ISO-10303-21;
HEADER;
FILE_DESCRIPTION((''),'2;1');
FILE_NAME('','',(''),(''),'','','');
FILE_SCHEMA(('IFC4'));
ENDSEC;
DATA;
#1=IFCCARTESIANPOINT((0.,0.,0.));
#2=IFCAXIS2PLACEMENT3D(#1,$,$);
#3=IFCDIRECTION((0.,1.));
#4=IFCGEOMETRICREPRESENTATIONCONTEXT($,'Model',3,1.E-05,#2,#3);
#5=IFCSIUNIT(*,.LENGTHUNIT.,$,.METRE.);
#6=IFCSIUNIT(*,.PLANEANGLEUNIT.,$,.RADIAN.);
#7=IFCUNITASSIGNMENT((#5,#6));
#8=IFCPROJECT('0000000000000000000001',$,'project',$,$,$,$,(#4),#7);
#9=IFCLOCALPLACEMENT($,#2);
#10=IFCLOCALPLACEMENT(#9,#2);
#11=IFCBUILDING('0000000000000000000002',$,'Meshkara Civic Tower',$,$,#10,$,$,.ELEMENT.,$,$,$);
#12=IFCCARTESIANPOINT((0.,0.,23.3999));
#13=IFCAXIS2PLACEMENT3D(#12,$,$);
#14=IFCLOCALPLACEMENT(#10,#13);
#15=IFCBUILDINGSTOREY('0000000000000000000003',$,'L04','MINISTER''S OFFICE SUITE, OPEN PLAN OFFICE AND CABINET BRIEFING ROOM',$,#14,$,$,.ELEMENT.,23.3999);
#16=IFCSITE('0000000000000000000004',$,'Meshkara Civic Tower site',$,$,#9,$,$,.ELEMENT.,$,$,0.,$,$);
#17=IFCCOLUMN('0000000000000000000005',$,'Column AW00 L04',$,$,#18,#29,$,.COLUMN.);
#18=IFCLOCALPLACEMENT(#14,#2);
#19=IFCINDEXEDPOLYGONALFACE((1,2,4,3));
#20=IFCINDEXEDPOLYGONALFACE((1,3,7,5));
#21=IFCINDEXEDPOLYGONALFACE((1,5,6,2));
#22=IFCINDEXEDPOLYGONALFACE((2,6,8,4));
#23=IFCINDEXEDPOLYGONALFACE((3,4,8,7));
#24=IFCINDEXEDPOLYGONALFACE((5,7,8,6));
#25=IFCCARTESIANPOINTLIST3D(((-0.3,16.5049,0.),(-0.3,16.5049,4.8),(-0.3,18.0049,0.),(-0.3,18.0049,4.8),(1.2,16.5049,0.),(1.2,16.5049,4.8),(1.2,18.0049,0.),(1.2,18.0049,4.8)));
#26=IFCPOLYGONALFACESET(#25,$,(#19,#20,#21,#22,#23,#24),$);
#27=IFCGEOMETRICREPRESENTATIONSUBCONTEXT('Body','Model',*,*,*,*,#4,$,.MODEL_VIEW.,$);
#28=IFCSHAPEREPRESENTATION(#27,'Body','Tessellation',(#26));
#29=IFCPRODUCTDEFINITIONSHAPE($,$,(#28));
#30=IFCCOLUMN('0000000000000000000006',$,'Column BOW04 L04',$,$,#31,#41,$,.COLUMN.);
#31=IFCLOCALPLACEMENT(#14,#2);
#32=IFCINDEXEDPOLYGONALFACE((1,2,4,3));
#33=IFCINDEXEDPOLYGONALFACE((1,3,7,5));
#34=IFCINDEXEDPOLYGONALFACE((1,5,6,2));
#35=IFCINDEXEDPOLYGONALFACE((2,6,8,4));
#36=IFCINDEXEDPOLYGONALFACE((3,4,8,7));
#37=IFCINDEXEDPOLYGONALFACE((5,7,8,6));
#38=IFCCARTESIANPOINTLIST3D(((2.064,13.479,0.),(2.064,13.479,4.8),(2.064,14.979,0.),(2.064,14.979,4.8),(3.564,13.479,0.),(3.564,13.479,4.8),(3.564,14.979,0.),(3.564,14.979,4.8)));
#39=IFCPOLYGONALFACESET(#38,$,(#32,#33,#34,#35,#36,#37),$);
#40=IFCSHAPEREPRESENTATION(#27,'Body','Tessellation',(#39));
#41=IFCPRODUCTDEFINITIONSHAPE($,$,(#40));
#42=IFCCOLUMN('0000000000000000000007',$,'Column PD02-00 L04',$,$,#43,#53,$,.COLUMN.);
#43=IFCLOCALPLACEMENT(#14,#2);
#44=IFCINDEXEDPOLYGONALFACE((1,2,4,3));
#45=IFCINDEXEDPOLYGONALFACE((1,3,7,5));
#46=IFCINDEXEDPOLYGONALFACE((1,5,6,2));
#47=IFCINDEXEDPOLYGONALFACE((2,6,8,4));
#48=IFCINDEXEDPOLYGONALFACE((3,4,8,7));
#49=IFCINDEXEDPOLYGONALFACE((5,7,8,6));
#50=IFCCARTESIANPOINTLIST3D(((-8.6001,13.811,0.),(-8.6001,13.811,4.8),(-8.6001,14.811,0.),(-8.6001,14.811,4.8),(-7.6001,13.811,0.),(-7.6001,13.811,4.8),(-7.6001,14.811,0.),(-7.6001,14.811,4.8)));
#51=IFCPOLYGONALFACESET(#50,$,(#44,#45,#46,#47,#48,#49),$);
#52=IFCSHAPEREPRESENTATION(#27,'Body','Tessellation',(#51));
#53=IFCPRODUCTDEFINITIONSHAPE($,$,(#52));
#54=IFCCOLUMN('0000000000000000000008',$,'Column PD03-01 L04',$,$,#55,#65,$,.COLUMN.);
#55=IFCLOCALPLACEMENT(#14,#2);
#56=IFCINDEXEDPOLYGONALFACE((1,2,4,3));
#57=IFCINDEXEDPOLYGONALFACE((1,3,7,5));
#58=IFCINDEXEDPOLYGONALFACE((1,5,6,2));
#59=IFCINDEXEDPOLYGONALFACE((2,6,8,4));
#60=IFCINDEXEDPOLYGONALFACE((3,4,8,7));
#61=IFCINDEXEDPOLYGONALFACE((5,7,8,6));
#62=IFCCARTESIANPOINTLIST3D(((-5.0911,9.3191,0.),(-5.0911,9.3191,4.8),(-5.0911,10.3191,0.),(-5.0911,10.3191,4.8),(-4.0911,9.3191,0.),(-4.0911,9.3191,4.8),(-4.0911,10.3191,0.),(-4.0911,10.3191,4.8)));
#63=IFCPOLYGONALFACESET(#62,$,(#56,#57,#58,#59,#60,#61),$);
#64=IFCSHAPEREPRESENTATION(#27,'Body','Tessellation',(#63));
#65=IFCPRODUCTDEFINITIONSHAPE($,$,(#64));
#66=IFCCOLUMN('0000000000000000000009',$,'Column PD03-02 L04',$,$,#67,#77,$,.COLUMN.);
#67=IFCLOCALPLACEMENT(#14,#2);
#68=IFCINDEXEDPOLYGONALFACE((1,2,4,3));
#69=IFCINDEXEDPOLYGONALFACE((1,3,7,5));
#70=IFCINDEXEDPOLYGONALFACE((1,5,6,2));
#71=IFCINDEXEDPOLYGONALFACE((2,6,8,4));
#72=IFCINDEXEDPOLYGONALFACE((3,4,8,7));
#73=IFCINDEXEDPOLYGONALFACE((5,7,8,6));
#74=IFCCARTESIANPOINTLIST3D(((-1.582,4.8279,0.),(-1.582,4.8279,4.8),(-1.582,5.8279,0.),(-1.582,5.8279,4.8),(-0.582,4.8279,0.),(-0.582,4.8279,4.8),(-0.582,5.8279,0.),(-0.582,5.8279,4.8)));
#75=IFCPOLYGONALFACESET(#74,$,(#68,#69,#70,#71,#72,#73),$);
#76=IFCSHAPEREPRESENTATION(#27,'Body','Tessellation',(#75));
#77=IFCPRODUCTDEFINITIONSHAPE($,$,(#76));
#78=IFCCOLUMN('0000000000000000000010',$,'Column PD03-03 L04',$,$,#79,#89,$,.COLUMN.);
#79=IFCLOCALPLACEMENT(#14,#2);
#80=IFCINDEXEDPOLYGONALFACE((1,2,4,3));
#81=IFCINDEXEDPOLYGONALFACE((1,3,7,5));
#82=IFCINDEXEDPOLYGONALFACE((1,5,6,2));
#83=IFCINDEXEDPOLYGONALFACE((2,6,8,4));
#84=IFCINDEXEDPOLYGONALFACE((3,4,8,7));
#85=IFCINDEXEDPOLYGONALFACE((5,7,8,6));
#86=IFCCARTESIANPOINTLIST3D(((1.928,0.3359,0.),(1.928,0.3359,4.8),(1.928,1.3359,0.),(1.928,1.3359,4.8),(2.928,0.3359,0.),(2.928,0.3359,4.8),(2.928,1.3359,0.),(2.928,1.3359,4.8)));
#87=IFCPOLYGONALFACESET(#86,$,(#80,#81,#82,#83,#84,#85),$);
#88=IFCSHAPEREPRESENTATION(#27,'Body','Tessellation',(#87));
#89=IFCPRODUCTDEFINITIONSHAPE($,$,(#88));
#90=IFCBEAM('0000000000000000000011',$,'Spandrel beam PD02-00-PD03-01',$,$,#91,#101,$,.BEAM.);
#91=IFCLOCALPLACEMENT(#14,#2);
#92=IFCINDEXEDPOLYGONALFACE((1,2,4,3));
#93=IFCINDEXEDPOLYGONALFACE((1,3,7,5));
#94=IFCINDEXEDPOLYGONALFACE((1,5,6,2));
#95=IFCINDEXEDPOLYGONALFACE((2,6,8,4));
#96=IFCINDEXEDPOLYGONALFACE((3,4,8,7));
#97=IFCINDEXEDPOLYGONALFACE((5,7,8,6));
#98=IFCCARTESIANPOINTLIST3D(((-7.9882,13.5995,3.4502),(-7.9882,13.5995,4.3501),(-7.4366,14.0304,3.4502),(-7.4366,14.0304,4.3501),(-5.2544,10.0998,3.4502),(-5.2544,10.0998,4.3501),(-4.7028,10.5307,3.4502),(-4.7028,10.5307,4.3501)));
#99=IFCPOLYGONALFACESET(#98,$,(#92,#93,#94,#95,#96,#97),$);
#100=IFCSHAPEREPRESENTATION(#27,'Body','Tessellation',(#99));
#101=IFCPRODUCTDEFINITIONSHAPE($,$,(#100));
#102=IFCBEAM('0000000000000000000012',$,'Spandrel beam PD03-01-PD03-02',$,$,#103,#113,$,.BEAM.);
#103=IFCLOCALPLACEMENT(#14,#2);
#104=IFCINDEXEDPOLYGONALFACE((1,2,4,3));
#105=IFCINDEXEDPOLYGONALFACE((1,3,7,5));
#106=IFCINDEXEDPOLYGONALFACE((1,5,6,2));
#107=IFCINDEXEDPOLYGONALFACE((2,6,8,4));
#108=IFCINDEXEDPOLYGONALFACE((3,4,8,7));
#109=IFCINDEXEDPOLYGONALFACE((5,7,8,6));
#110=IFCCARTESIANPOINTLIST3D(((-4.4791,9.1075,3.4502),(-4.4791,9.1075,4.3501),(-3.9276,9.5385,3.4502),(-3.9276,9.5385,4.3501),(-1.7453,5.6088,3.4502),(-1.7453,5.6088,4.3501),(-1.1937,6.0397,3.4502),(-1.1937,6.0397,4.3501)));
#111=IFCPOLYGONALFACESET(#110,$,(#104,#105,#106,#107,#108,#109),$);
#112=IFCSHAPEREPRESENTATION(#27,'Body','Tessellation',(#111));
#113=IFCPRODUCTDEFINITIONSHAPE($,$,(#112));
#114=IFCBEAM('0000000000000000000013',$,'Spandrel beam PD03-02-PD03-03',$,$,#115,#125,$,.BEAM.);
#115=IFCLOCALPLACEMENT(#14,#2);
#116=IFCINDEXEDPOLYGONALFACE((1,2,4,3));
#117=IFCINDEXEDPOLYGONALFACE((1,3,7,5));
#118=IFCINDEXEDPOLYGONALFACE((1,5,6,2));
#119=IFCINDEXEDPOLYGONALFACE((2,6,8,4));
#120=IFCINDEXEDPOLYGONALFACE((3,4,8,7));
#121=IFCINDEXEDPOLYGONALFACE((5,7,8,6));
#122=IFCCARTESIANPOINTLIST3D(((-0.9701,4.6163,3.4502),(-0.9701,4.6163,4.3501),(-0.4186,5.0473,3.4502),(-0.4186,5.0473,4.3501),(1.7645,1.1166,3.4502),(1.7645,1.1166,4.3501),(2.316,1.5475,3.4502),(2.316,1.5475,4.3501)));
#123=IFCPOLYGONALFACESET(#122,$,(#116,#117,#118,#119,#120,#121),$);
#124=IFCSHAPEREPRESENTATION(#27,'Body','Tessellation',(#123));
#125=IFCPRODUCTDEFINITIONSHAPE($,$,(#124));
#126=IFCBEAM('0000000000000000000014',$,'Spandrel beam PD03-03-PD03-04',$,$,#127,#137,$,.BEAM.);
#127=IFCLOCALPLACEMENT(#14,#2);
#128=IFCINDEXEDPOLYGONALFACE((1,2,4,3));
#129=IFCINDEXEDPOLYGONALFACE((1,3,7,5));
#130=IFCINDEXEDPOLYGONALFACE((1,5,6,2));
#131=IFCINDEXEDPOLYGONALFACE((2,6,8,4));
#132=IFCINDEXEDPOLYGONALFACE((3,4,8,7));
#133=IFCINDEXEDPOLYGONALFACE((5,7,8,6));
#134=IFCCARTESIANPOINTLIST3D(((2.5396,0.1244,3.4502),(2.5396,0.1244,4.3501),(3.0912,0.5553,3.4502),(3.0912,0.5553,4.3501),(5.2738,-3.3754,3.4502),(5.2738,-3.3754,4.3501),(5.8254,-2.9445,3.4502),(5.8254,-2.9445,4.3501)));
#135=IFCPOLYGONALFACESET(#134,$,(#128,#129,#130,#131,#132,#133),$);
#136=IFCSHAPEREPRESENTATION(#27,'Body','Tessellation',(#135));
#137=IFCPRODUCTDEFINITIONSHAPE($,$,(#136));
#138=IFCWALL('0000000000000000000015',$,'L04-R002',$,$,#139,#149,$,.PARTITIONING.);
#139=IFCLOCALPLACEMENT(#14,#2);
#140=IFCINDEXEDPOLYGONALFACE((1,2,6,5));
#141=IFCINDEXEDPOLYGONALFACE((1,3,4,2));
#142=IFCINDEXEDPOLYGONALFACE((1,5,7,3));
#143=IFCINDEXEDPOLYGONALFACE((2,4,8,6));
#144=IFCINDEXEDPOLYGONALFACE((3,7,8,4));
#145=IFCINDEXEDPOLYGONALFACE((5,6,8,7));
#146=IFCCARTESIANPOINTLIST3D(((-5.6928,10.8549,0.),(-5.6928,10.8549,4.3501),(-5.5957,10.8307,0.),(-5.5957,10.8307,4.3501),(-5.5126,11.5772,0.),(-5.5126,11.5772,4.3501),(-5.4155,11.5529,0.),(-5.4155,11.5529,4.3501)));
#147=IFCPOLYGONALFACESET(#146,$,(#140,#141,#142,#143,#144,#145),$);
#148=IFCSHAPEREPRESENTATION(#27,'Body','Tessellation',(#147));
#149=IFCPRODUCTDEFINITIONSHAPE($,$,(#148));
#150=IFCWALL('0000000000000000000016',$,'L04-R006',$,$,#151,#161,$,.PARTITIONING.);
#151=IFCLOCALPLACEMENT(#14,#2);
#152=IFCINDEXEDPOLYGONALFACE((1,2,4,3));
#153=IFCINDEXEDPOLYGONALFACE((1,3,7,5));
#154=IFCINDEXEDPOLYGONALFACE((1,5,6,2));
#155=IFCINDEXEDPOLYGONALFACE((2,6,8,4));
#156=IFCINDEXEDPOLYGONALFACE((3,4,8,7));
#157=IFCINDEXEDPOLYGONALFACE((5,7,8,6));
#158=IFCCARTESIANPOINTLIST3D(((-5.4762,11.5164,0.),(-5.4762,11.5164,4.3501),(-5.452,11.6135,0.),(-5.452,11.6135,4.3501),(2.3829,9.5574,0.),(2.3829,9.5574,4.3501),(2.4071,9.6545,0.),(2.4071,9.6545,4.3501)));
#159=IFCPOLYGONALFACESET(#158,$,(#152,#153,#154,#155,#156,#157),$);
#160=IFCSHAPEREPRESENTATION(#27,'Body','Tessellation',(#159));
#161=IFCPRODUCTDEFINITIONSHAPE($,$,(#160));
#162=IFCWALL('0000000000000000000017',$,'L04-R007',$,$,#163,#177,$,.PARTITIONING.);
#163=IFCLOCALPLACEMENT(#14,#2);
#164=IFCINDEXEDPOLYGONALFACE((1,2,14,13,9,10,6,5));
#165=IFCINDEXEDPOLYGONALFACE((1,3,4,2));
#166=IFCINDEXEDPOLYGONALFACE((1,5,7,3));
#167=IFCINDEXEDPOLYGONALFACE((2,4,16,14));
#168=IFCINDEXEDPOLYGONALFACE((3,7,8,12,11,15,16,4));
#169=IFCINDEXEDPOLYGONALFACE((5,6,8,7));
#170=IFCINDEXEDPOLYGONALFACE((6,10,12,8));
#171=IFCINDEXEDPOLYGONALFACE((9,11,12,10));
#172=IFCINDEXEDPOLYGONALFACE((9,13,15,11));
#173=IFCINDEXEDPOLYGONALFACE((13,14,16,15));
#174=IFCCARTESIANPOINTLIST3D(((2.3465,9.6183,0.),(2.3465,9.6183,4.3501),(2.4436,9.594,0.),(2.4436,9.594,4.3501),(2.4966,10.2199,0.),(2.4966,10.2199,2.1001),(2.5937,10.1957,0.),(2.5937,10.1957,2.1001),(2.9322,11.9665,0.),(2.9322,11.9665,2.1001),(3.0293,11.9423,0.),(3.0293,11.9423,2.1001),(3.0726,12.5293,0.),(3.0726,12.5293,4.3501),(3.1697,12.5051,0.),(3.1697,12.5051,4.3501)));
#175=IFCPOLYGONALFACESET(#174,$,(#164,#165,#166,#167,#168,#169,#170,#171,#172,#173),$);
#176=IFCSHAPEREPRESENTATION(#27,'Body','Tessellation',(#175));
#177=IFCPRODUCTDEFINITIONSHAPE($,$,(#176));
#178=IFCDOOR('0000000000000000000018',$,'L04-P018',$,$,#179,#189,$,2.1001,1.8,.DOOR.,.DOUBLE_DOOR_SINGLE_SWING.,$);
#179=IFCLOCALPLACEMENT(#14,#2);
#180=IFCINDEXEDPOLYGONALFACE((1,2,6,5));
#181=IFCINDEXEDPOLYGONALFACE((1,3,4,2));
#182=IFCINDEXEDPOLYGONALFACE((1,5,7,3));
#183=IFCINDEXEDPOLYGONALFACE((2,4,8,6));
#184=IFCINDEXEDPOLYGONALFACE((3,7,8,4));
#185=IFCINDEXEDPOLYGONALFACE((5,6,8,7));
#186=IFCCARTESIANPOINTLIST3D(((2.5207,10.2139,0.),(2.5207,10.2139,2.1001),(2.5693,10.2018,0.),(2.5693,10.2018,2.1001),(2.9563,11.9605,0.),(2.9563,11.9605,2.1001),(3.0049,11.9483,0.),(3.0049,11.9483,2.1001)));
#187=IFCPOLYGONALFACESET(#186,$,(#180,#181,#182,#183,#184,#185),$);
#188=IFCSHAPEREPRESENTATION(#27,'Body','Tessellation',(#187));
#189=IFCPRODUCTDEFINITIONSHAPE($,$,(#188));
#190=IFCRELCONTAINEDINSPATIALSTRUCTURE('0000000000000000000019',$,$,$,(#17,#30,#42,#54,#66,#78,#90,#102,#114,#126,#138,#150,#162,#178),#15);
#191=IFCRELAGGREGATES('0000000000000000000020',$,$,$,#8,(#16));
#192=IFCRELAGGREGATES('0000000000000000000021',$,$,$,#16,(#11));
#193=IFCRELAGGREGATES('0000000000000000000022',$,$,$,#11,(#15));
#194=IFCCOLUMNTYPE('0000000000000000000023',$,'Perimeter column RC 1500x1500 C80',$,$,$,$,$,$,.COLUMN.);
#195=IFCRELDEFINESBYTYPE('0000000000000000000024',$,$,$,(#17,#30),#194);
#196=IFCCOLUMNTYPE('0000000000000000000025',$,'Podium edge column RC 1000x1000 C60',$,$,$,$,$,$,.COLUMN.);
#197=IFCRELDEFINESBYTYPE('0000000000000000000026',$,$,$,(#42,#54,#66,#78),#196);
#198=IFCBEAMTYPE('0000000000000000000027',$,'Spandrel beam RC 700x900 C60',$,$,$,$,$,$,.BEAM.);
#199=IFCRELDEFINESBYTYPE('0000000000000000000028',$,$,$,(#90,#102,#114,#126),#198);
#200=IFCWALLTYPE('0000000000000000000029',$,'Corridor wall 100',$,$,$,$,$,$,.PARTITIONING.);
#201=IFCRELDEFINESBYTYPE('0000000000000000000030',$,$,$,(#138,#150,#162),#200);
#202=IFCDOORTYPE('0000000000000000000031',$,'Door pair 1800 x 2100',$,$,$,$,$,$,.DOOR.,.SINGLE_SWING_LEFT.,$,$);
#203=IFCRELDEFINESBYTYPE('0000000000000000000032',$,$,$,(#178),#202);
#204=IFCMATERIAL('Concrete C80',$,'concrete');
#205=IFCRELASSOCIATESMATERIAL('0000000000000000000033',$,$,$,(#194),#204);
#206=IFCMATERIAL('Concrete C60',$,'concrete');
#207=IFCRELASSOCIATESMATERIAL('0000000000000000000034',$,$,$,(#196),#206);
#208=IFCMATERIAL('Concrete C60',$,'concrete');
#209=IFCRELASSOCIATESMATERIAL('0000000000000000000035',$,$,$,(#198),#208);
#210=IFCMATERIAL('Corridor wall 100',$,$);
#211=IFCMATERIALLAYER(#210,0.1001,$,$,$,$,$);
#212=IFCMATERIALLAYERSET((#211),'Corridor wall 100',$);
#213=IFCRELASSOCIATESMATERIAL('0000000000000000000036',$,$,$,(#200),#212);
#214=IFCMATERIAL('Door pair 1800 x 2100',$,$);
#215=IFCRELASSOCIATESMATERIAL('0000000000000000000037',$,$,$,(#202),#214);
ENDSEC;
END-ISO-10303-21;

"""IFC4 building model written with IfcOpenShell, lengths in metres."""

from ifc_helpers import new_model, si_unit, direction, frame, frame_2d, origin, origin_2d, place, context, subcontext, project, spatial, rectangle, extrude, material, layer, layer_set, material_profile, profile_set, type_object, element, fill, save


model = new_model("IFC4")

# Units and contexts
model_context = context("Model", 3, precision=1e-05, world=origin(), true_north=direction((0.0, 1.0)))
body_context = subcontext(model_context, "Body", "Model", "MODEL_VIEW")
ifc_project = project(units=[si_unit("LENGTHUNIT", "METRE"), si_unit("PLANEANGLEUNIT", "RADIAN")], contexts=[model_context])

# Site, building, storey
site_placement = place(None, origin())
site = spatial("IfcSite", under=ifc_project, at=site_placement, Name="Meshkara Civic Tower site", CompositionType="ELEMENT", RefElevation=0.0)
building_placement = place(site_placement, origin())
building = spatial("IfcBuilding", under=site, at=building_placement, Name="Meshkara Civic Tower", CompositionType="ELEMENT")
storey_placement = place(building_placement, frame((0.0, 0.0, 23.3999)))
storey = spatial("IfcBuildingStorey", under=building, at=storey_placement, Name="L04", Description="MINISTER'S OFFICE SUITE, OPEN PLAN OFFICE AND CABINET BRIEFING ROOM", CompositionType="ELEMENT", Elevation=23.3999)

# Columns
ifc_material_1 = material(Name="Concrete C80", Category="concrete")
ifc_material_profile_1 = material_profile(ifc_material_1, rectangle(XDim=1.5, YDim=1.5, at=origin_2d()))
ifc_profile_set_1 = profile_set([ifc_material_profile_1], Name="Concrete C80")
column_type_1 = type_object("IfcColumnType", Name="Perimeter column RC 1500x1500 C80", PredefinedType="COLUMN", material=ifc_profile_set_1)
for number, where, z_axis, x_axis, name in (
    (1, (0.45, 17.2549, 0.0), (0.0, 0.0, 1.0), (1.0, 0.0, 0.0), "Column AW00 L04"),
    (2, (2.814, 14.229, 0.0), (0.0, 0.0, 1.0), (1.0, 0.0, 0.0), "Column BOW04 L04"),
):
    element("IfcColumn", number, at=place(storey_placement, frame(where, z_axis=z_axis, x_axis=x_axis)), inside=storey, type_object=column_type_1, Name=name, PredefinedType="COLUMN", context=body_context, shape_type="SweptSolid", body=[
        extrude(rectangle(XDim=1.5, YDim=1.5, at=origin_2d()), origin(), (0.0, 0.0, 1.0), 4.8),
    ])
ifc_material_2 = material(Name="Concrete C60", Category="concrete")
ifc_material_profile_2 = material_profile(ifc_material_2, rectangle(XDim=1.0, YDim=1.0, at=origin_2d()))
ifc_profile_set_2 = profile_set([ifc_material_profile_2], Name="Concrete C60")
column_type_2 = type_object("IfcColumnType", Name="Podium edge column RC 1000x1000 C60", PredefinedType="COLUMN", material=ifc_profile_set_2)
for number, where, z_axis, x_axis, name in (
    (3, (-8.1001, 14.311, 0.0), (0.0, 0.0, 1.0), (1.0, 0.0, 0.0), "Column PD02-00 L04"),
    (4, (-4.5911, 9.8191, 0.0), (0.0, 0.0, 1.0), (1.0, 0.0, 0.0), "Column PD03-01 L04"),
    (5, (-1.082, 5.3279, 0.0), (0.0, 0.0, 1.0), (1.0, 0.0, 0.0), "Column PD03-02 L04"),
    (6, (2.428, 0.8359, 0.0), (0.0, 0.0, 1.0), (1.0, 0.0, 0.0), "Column PD03-03 L04"),
):
    element("IfcColumn", number, at=place(storey_placement, frame(where, z_axis=z_axis, x_axis=x_axis)), inside=storey, type_object=column_type_2, Name=name, PredefinedType="COLUMN", context=body_context, shape_type="SweptSolid", body=[
        extrude(rectangle(XDim=1.0, YDim=1.0, at=origin_2d()), origin(), (0.0, 0.0, 1.0), 4.8),
    ])

# Beams
ifc_material_3 = material(Name="Concrete C60", Category="concrete")
ifc_material_profile_3 = material_profile(ifc_material_3, rectangle(XDim=0.7, YDim=0.8999, at=origin_2d()))
ifc_profile_set_3 = profile_set([ifc_material_profile_3], Name="Concrete C60")
beam_type = type_object("IfcBeamType", Name="Spandrel beam RC 700x900 C60", PredefinedType="BEAM", material=ifc_profile_set_3)
beam_1_placement = place(storey_placement, frame((-7.7124, 13.8149, 3.9001), z_axis=(0.615602, -0.788057, 0.0), x_axis=(0.788057, 0.615602, 0.0)))
element("IfcBeam", 7, at=beam_1_placement, inside=storey, type_object=beam_type, Name="Spandrel beam PD02-00-PD03-01", PredefinedType="BEAM", context=body_context, shape_type="SweptSolid", body=[
    extrude(rectangle(XDim=0.7, YDim=0.8999, at=origin_2d()), origin(), (0.0, 0.0, 1.0), 4.4409),
])
beam_2_placement = place(storey_placement, frame((-4.2034, 9.323, 3.9001), z_axis=(0.615709, -0.787974, 0.0), x_axis=(0.787974, 0.615709, 0.0)))
element("IfcBeam", 8, at=beam_2_placement, inside=storey, type_object=beam_type, Name="Spandrel beam PD03-01-PD03-02", PredefinedType="BEAM", context=body_context, shape_type="SweptSolid", body=[
    extrude(rectangle(XDim=0.7, YDim=0.8999, at=origin_2d()), origin(), (0.0, 0.0, 1.0), 4.4402),
])
beam_3_placement = place(storey_placement, frame((-0.6943, 4.8318, 3.9001), z_axis=(0.615705, -0.787977, 0.0), x_axis=(0.787977, 0.615705, 0.0)))
element("IfcBeam", 9, at=beam_3_placement, inside=storey, type_object=beam_type, Name="Spandrel beam PD03-02-PD03-03", PredefinedType="BEAM", context=body_context, shape_type="SweptSolid", body=[
    extrude(rectangle(XDim=0.7, YDim=0.8999, at=origin_2d()), origin(), (0.0, 0.0, 1.0), 4.4414),
])
beam_4_placement = place(storey_placement, frame((2.8154, 0.3398, 3.9001), z_axis=(0.615637, -0.78803, 0.0), x_axis=(0.78803, 0.615637, 0.0)))
element("IfcBeam", 10, at=beam_4_placement, inside=storey, type_object=beam_type, Name="Spandrel beam PD03-03-PD03-04", PredefinedType="BEAM", context=body_context, shape_type="SweptSolid", body=[
    extrude(rectangle(XDim=0.7, YDim=0.8999, at=origin_2d()), origin(), (0.0, 0.0, 1.0), 4.4412),
])

# Walls
ifc_material_4 = material(Name="Corridor wall 100")
ifc_layer_1 = layer(ifc_material_4, 0.1001)
ifc_layer_set_1 = layer_set([ifc_layer_1], Name="Corridor wall 100")
wall_type_1 = type_object("IfcWallType", Name="Corridor wall 100", PredefinedType="PARTITIONING", material=ifc_layer_set_1)
wall_1_placement = place(storey_placement, frame((-5.4641, 11.5649, 0.0), z_axis=(0.0, 0.0, 1.0), x_axis=(-0.242073, -0.970258, 0.0)))
element("IfcWall", 11, at=wall_1_placement, inside=storey, type_object=wall_type_1, Name="L04-R002", PredefinedType="PARTITIONING", context=body_context, shape_type="SweptSolid", body=[
    extrude(rectangle(XDim=0.7444, YDim=0.1001, at=frame_2d((0.3721, 0.0))), origin(), (0.0, 0.0, 1.0), 4.3501),
])
wall_2_placement = place(storey_placement, frame((2.395, 9.606, 0.0), z_axis=(0.0, 0.0, 1.0), x_axis=(-0.970311, 0.241862, 0.0)))
element("IfcWall", 12, at=wall_2_placement, inside=storey, type_object=wall_type_1, Name="L04-R006", PredefinedType="PARTITIONING", context=body_context, shape_type="SweptSolid", body=[
    extrude(rectangle(XDim=8.0996, YDim=0.1001, at=frame_2d((4.0498, 0.0))), origin(), (0.0, 0.0, 1.0), 4.3501),
])

# Wall, opening, door
wall_3_placement = place(storey_placement, frame((3.1211, 12.5171, 0.0), z_axis=(0.0, 0.0, 1.0), x_axis=(-0.241999, -0.970276, 0.0)))
wall_3 = element("IfcWall", 13, at=wall_3_placement, inside=storey, type_object=wall_type_1, Name="L04-R007", PredefinedType="PARTITIONING", context=body_context, shape_type="SweptSolid", body=[
    extrude(rectangle(XDim=3.0002, YDim=0.1001, at=frame_2d((1.5, 0.0))), origin(), (0.0, 0.0, 1.0), 4.3501),
])
opening_1_placement = place(wall_3_placement, frame((0.5801, 0.0, 0.0)))
opening_1 = element("IfcOpeningElement", 14, at=opening_1_placement, cuts=wall_3, PredefinedType="OPENING", context=body_context, shape_type="SweptSolid", body=[
    extrude(rectangle(XDim=1.8, YDim=2.1001, at=frame_2d((0.8999, 1.05))), frame((0.0, 0.0601, 0.0), z_axis=(0.0, -1.0, 0.0), x_axis=(1.0, 0.0, 0.0)), (0.0, 0.0, 1.0), 0.1201),
])
ifc_material_5 = material(Name="Door pair 1800 x 2100")
door_type = type_object("IfcDoorType", Name="Door pair 1800 x 2100", OperationType="SINGLE_SWING_LEFT", PredefinedType="DOOR", material=ifc_material_5)
door_placement = place(opening_1_placement, origin())
door = element("IfcDoor", 15, at=door_placement, inside=storey, type_object=door_type, Name="L04-P018", OperationType="DOUBLE_DOOR_SINGLE_SWING", OverallHeight=2.1001, OverallWidth=1.8, PredefinedType="DOOR", context=body_context, shape_type="SweptSolid", body=[
    extrude(rectangle(XDim=1.8, YDim=2.1001, at=frame_2d((0.8999, 1.05))), frame((0.0, 0.0249, 0.0), z_axis=(0.0, -1.0, 0.0), x_axis=(1.0, 0.0, 0.0)), (0.0, 0.0, 1.0), 0.05),
])
fill(opening_1, door)

save(model, "model.ifc")
